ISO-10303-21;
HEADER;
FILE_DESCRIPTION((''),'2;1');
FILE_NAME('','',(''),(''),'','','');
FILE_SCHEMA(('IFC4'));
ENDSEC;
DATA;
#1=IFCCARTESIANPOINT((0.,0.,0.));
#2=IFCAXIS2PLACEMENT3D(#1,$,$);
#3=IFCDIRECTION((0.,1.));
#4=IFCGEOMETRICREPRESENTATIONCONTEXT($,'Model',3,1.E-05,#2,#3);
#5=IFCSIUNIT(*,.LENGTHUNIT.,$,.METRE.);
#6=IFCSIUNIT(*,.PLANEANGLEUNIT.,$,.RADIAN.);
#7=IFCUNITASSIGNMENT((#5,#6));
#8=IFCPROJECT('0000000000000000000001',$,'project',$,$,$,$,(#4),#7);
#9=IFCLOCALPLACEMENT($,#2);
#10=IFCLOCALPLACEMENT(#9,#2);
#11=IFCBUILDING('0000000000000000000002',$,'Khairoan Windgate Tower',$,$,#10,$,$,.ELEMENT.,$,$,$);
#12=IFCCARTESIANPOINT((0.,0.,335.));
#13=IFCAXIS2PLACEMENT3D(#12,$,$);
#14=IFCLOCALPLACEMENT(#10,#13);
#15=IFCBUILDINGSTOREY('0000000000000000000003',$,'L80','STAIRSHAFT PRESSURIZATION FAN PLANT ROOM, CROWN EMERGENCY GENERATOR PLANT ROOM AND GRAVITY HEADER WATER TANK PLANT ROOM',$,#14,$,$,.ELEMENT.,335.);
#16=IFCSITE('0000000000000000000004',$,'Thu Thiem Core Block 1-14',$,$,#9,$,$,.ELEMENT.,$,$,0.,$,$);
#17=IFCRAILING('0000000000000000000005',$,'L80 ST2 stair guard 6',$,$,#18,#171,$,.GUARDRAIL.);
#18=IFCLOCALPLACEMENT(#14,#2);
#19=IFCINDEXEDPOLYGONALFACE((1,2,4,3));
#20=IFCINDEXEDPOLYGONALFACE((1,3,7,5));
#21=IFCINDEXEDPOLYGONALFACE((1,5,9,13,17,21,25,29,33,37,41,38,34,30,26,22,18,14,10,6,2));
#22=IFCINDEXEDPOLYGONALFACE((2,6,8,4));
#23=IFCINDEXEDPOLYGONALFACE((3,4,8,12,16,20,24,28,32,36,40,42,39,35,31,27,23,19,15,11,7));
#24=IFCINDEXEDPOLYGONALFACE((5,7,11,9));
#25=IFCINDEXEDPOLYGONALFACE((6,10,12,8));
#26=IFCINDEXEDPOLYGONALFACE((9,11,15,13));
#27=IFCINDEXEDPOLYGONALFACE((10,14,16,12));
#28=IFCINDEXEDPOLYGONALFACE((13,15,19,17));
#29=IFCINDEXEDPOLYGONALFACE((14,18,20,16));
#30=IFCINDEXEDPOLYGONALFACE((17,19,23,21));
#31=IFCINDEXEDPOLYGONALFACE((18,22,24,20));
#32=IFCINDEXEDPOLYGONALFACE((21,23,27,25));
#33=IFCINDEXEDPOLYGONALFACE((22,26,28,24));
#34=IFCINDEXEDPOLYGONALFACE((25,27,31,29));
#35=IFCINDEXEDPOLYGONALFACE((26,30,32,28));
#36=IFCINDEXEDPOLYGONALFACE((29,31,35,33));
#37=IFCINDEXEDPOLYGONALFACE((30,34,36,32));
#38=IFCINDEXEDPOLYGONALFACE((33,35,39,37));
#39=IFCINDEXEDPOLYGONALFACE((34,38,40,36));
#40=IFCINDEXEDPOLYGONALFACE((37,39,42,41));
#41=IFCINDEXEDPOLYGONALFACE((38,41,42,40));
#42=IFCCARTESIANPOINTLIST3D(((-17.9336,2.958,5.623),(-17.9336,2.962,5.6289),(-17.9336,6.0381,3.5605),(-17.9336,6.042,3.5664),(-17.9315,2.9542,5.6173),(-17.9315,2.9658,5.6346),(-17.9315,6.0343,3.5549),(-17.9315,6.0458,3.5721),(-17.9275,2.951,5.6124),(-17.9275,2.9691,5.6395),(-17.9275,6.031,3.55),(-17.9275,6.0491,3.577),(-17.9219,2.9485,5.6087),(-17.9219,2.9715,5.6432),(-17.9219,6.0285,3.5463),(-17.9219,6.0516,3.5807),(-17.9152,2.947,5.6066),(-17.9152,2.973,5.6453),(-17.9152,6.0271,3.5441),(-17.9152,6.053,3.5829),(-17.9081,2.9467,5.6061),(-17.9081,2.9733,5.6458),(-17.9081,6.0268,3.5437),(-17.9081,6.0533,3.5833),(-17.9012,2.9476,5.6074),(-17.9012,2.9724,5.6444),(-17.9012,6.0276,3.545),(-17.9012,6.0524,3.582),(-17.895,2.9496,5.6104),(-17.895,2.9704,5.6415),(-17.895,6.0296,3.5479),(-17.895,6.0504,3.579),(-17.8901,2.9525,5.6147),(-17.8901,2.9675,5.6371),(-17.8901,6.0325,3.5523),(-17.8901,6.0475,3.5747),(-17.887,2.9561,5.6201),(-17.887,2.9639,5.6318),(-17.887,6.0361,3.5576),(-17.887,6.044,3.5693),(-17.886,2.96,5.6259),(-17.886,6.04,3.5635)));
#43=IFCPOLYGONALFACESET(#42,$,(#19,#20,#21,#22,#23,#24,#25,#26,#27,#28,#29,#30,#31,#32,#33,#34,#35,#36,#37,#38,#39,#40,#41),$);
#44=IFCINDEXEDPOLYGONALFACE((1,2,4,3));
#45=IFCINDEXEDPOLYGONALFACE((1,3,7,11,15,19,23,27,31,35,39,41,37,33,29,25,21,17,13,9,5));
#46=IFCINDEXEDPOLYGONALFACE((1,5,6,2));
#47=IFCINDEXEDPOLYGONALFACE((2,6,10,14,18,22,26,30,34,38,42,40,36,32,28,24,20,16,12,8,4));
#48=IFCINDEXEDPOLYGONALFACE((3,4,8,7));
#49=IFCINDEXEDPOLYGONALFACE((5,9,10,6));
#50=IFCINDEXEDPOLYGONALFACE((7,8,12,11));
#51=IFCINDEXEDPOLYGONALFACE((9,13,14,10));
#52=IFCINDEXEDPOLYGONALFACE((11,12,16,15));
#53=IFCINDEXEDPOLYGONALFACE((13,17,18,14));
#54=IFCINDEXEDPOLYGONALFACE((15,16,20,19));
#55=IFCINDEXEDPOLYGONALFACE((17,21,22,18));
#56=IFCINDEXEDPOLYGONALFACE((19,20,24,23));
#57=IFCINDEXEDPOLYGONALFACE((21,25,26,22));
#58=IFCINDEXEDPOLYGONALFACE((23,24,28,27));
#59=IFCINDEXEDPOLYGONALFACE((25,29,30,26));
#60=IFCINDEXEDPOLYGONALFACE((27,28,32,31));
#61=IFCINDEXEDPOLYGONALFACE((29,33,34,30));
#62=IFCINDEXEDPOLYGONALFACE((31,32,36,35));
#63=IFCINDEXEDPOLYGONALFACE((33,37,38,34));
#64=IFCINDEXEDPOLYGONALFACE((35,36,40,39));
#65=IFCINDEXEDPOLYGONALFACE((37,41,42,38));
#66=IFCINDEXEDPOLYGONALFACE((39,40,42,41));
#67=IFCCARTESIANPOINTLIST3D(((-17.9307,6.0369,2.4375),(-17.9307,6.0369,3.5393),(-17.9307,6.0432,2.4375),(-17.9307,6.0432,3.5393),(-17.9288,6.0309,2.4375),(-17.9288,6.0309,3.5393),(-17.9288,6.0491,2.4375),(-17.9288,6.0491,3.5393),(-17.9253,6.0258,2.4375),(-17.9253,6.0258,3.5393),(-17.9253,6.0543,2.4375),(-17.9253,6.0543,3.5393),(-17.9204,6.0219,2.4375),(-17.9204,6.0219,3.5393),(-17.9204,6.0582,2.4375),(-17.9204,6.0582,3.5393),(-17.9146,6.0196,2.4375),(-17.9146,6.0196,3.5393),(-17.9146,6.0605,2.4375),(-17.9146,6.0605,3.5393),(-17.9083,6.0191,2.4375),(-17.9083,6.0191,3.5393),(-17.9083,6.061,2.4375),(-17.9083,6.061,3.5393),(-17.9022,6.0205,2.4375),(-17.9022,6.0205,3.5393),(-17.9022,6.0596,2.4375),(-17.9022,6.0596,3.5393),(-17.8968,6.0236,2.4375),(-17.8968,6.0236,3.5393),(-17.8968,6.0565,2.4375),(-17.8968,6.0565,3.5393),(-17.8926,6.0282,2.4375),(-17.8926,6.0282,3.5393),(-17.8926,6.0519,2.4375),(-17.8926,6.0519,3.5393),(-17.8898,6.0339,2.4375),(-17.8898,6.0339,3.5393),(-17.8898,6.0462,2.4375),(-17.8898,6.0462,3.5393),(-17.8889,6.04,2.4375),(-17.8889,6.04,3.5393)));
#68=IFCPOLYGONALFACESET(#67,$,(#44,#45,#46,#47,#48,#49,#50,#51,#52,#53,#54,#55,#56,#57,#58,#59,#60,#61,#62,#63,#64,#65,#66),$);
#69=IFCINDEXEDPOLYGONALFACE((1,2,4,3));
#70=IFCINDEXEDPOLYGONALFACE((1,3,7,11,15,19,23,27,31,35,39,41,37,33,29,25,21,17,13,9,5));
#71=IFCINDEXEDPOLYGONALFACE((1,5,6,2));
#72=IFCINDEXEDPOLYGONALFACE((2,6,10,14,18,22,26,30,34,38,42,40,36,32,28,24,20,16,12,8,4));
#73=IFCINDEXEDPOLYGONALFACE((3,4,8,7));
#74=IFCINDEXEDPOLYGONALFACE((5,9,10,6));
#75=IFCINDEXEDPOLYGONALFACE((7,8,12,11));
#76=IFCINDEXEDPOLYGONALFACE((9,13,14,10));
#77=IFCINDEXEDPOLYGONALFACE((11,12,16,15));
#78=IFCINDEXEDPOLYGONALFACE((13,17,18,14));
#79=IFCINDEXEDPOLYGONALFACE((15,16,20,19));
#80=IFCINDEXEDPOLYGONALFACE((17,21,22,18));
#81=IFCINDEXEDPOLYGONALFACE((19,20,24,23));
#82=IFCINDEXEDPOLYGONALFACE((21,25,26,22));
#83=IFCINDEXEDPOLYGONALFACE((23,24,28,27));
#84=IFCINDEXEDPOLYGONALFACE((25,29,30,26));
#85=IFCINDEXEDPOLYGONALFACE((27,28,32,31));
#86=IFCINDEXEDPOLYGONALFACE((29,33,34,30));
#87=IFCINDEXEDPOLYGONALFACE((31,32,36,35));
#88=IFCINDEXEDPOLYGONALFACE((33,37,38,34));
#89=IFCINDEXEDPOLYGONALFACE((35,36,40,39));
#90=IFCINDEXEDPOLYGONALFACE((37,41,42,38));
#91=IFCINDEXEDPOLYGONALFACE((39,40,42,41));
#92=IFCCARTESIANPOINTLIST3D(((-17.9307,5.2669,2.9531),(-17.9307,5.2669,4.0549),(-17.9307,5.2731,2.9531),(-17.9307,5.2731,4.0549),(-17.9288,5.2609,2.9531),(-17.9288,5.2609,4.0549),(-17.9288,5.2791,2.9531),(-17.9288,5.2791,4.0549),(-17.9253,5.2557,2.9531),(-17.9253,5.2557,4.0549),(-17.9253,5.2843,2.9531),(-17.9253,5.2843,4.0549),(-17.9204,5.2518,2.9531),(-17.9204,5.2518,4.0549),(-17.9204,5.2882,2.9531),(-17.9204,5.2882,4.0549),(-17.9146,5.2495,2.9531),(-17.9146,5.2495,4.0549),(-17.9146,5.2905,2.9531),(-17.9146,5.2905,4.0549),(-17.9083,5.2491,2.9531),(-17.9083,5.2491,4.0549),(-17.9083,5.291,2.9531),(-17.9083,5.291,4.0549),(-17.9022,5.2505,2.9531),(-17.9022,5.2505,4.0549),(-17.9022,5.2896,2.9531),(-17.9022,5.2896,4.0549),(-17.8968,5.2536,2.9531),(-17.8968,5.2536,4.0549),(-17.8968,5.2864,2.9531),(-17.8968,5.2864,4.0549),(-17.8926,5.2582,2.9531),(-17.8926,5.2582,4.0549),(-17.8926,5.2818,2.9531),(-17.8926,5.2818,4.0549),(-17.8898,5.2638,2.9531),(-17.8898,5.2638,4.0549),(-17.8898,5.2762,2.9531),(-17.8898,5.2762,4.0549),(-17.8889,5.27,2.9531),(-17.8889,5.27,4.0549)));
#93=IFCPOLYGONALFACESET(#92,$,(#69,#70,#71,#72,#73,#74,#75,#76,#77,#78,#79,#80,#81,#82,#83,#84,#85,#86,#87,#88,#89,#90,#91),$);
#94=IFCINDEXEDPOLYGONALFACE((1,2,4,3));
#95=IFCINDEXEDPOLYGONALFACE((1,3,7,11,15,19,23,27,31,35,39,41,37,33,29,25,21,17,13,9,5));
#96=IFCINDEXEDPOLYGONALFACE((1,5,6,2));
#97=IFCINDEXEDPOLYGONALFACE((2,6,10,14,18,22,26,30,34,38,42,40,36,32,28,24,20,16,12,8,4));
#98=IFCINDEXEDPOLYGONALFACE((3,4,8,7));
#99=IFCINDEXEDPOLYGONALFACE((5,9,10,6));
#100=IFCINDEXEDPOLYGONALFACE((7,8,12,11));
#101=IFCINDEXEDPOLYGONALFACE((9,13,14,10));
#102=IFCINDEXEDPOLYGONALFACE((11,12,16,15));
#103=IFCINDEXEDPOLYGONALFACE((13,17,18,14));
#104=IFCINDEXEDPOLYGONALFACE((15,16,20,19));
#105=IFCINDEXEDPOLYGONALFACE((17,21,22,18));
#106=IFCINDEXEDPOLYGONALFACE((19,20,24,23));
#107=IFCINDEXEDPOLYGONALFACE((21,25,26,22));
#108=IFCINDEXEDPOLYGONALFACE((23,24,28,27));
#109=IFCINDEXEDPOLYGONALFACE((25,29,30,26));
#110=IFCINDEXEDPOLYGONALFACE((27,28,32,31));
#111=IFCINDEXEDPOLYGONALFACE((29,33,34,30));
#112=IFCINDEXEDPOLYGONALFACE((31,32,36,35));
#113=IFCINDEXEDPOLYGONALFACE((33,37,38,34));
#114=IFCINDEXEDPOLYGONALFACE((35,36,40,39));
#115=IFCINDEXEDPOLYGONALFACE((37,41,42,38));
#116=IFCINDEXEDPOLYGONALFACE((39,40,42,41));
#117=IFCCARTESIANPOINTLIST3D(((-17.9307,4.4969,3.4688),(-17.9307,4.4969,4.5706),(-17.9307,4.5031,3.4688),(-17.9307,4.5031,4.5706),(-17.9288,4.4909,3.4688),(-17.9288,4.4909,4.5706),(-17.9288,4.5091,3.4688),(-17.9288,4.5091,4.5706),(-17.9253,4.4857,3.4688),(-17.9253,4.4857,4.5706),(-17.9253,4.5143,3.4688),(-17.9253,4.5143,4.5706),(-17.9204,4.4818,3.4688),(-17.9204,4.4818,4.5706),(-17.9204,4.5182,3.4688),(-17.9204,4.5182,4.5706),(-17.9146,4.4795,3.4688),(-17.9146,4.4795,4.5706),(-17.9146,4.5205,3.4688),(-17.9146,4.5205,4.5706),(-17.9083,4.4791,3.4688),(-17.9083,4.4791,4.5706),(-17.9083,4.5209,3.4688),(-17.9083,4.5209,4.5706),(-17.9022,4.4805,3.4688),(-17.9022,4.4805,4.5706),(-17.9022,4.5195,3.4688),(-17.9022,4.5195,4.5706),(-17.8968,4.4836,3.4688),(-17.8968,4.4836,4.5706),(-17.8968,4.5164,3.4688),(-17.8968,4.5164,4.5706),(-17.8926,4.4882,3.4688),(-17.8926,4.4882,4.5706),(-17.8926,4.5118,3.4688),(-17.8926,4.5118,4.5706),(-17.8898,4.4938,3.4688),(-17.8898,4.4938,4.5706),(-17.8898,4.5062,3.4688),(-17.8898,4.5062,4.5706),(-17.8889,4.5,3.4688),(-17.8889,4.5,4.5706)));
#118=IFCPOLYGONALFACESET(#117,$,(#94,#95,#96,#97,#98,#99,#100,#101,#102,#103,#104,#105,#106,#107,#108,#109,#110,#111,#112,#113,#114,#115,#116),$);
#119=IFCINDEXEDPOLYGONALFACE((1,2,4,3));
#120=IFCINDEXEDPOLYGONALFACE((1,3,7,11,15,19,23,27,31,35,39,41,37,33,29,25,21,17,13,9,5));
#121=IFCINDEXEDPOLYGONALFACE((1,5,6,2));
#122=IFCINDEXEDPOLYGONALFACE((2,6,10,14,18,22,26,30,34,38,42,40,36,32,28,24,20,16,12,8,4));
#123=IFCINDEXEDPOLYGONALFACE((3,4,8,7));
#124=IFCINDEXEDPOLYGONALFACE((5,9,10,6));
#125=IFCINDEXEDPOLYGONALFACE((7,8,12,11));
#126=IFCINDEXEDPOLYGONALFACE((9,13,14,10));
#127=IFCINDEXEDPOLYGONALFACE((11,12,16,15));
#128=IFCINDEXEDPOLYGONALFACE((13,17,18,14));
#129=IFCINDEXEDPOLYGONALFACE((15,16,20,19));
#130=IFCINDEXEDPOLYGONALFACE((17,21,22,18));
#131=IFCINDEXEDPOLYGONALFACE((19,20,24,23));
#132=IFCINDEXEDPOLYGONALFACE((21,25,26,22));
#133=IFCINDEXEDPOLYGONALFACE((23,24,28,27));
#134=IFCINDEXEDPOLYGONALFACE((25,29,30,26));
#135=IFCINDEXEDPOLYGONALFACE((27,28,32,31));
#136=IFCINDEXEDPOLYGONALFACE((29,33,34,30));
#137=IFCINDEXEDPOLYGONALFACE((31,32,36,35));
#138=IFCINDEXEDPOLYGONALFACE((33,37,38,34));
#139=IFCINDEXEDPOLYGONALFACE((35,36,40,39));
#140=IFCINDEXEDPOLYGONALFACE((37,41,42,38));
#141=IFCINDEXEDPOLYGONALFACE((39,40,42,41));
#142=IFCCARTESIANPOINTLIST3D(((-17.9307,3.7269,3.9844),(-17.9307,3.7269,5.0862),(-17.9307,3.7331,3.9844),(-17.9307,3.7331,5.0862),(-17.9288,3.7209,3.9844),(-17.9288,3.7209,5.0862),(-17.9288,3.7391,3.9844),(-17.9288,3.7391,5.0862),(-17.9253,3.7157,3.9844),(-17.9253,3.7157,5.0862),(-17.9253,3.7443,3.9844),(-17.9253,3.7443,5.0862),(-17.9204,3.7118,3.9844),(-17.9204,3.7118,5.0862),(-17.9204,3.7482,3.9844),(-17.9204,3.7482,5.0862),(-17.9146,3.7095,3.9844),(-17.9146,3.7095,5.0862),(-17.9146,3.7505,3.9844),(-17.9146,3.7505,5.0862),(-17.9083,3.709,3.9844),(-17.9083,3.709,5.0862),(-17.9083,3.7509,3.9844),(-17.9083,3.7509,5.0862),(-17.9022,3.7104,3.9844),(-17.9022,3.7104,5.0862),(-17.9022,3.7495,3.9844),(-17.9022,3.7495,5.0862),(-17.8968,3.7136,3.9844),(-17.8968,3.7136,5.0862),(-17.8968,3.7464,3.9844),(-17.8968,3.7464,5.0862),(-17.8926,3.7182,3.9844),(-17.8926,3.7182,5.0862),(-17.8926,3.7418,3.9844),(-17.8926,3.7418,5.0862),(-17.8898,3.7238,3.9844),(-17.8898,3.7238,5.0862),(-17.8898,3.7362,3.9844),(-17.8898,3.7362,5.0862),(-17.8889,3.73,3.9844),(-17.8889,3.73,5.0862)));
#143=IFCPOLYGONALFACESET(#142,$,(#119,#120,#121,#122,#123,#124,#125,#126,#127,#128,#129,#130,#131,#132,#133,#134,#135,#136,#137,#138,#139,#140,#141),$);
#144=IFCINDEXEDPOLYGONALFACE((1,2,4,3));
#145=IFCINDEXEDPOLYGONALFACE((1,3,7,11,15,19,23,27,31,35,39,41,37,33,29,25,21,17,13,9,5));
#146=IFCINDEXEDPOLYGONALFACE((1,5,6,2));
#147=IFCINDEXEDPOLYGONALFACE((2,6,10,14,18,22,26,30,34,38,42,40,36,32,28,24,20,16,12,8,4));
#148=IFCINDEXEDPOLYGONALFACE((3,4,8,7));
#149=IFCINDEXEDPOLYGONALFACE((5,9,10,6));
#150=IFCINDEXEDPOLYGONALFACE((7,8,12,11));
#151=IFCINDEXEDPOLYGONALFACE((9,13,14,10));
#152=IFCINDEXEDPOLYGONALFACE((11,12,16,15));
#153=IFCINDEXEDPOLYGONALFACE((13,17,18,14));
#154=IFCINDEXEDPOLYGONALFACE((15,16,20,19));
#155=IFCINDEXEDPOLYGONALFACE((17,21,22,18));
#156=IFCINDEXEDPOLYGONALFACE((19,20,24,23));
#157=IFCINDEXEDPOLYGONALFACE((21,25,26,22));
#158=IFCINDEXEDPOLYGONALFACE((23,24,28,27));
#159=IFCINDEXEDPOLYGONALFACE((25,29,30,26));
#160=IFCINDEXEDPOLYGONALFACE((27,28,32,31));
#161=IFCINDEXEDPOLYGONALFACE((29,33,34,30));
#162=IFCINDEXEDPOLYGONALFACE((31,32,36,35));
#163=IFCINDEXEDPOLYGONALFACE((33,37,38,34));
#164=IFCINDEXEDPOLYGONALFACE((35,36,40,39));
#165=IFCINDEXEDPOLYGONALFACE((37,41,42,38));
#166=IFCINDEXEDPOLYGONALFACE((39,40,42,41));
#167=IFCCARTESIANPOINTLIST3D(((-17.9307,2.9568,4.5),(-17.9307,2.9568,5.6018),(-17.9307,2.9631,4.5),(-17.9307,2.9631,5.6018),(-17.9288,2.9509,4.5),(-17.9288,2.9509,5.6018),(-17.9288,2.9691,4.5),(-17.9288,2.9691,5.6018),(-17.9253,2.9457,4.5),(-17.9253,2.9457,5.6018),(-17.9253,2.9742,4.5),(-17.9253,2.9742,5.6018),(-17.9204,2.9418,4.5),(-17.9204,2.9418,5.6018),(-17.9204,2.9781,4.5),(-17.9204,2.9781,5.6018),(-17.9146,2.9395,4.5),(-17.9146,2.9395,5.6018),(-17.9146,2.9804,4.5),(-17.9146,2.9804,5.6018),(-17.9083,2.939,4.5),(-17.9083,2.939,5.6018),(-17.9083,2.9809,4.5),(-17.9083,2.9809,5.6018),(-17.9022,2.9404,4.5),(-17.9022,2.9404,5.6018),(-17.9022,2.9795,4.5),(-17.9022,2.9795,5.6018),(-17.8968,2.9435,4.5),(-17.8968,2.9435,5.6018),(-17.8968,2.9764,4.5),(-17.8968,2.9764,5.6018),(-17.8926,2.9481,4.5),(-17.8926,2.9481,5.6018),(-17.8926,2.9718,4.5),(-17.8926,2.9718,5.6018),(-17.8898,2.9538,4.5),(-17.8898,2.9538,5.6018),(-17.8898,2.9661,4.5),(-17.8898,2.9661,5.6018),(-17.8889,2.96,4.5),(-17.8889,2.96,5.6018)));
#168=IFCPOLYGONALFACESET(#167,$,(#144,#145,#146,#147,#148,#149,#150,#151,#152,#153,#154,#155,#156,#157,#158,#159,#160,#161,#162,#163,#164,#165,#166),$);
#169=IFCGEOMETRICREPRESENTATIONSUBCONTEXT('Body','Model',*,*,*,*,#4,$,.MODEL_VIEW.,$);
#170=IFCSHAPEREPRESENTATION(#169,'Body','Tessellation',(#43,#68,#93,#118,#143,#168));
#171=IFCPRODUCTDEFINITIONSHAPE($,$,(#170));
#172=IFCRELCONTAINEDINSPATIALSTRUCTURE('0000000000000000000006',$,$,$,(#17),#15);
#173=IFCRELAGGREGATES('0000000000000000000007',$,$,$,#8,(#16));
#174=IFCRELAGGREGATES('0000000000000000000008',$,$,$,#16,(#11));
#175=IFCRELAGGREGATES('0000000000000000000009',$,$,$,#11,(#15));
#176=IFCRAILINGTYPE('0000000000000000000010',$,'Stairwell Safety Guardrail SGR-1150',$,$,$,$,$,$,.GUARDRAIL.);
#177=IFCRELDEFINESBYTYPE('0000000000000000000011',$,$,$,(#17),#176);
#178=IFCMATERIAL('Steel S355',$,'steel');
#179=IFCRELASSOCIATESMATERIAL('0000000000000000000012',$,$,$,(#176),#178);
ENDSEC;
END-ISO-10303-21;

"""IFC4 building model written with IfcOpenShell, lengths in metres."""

from ifc_helpers import new_model, si_unit, direction, frame, origin, origin_2d, place, context, subcontext, project, spatial, circle, extrude, material, type_object, element, save


model = new_model("IFC4")

# Units and contexts
model_context = context("Model", 3, precision=1e-05, world=origin(), true_north=direction((0.0, 1.0)))
body_context = subcontext(model_context, "Body", "Model", "MODEL_VIEW")
ifc_project = project(units=[si_unit("LENGTHUNIT", "METRE"), si_unit("PLANEANGLEUNIT", "RADIAN")], contexts=[model_context])

# Site, building, storey
site_placement = place(None, origin())
site = spatial("IfcSite", under=ifc_project, at=site_placement, Name="Thu Thiem Core Block 1-14", CompositionType="ELEMENT", RefElevation=0.0)
building_placement = place(site_placement, origin())
building = spatial("IfcBuilding", under=site, at=building_placement, Name="Khairoan Windgate Tower", CompositionType="ELEMENT")
storey_placement = place(building_placement, frame((0.0, 0.0, 335.0)))
storey = spatial("IfcBuildingStorey", under=building, at=storey_placement, Name="L80", Description="STAIRSHAFT PRESSURIZATION FAN PLANT ROOM, CROWN EMERGENCY GENERATOR PLANT ROOM AND GRAVITY HEADER WATER TANK PLANT ROOM", CompositionType="ELEMENT", Elevation=335.0)

# Railing
ifc_material_1 = material(Name="Steel S355", Category="steel")
railing_type_1 = type_object("IfcRailingType", Name="Stairwell Safety Guardrail SGR-1150", PredefinedType="GUARDRAIL", material=ifc_material_1)
railing_1_placement = place(storey_placement, frame((-17.9099, 6.04, 2.4375)))
element("IfcRailing", 1, at=railing_1_placement, inside=storey, type_object=railing_type_1, Name="L80 ST2 stair guard 6", PredefinedType="GUARDRAIL", context=body_context, shape_type="SweptSolid", body=[
    extrude(circle(Radius=0.0239, at=origin_2d()), frame((0.0, 0.0, 1.126), z_axis=(0.0, -0.830914, 0.556401), x_axis=(1.0, 0.0, 0.0)), (0.0, 0.0, 1.0), 3.7068),
    extrude(circle(Radius=0.021, at=origin_2d()), origin(), (0.0, 0.0, 1.0), 1.1018),
    extrude(circle(Radius=0.021, at=origin_2d()), frame((0.0, -0.77, 0.5156)), (0.0, 0.0, 1.0), 1.1018),
    extrude(circle(Radius=0.021, at=origin_2d()), frame((0.0, -1.54, 1.0312)), (0.0, 0.0, 1.0), 1.1018),
    extrude(circle(Radius=0.021, at=origin_2d()), frame((0.0, -2.3101, 1.5469)), (0.0, 0.0, 1.0), 1.1018),
    extrude(circle(Radius=0.021, at=origin_2d()), frame((0.0, -3.0801, 2.0625)), (0.0, 0.0, 1.0), 1.1018),
])

save(model, "model.ifc")
